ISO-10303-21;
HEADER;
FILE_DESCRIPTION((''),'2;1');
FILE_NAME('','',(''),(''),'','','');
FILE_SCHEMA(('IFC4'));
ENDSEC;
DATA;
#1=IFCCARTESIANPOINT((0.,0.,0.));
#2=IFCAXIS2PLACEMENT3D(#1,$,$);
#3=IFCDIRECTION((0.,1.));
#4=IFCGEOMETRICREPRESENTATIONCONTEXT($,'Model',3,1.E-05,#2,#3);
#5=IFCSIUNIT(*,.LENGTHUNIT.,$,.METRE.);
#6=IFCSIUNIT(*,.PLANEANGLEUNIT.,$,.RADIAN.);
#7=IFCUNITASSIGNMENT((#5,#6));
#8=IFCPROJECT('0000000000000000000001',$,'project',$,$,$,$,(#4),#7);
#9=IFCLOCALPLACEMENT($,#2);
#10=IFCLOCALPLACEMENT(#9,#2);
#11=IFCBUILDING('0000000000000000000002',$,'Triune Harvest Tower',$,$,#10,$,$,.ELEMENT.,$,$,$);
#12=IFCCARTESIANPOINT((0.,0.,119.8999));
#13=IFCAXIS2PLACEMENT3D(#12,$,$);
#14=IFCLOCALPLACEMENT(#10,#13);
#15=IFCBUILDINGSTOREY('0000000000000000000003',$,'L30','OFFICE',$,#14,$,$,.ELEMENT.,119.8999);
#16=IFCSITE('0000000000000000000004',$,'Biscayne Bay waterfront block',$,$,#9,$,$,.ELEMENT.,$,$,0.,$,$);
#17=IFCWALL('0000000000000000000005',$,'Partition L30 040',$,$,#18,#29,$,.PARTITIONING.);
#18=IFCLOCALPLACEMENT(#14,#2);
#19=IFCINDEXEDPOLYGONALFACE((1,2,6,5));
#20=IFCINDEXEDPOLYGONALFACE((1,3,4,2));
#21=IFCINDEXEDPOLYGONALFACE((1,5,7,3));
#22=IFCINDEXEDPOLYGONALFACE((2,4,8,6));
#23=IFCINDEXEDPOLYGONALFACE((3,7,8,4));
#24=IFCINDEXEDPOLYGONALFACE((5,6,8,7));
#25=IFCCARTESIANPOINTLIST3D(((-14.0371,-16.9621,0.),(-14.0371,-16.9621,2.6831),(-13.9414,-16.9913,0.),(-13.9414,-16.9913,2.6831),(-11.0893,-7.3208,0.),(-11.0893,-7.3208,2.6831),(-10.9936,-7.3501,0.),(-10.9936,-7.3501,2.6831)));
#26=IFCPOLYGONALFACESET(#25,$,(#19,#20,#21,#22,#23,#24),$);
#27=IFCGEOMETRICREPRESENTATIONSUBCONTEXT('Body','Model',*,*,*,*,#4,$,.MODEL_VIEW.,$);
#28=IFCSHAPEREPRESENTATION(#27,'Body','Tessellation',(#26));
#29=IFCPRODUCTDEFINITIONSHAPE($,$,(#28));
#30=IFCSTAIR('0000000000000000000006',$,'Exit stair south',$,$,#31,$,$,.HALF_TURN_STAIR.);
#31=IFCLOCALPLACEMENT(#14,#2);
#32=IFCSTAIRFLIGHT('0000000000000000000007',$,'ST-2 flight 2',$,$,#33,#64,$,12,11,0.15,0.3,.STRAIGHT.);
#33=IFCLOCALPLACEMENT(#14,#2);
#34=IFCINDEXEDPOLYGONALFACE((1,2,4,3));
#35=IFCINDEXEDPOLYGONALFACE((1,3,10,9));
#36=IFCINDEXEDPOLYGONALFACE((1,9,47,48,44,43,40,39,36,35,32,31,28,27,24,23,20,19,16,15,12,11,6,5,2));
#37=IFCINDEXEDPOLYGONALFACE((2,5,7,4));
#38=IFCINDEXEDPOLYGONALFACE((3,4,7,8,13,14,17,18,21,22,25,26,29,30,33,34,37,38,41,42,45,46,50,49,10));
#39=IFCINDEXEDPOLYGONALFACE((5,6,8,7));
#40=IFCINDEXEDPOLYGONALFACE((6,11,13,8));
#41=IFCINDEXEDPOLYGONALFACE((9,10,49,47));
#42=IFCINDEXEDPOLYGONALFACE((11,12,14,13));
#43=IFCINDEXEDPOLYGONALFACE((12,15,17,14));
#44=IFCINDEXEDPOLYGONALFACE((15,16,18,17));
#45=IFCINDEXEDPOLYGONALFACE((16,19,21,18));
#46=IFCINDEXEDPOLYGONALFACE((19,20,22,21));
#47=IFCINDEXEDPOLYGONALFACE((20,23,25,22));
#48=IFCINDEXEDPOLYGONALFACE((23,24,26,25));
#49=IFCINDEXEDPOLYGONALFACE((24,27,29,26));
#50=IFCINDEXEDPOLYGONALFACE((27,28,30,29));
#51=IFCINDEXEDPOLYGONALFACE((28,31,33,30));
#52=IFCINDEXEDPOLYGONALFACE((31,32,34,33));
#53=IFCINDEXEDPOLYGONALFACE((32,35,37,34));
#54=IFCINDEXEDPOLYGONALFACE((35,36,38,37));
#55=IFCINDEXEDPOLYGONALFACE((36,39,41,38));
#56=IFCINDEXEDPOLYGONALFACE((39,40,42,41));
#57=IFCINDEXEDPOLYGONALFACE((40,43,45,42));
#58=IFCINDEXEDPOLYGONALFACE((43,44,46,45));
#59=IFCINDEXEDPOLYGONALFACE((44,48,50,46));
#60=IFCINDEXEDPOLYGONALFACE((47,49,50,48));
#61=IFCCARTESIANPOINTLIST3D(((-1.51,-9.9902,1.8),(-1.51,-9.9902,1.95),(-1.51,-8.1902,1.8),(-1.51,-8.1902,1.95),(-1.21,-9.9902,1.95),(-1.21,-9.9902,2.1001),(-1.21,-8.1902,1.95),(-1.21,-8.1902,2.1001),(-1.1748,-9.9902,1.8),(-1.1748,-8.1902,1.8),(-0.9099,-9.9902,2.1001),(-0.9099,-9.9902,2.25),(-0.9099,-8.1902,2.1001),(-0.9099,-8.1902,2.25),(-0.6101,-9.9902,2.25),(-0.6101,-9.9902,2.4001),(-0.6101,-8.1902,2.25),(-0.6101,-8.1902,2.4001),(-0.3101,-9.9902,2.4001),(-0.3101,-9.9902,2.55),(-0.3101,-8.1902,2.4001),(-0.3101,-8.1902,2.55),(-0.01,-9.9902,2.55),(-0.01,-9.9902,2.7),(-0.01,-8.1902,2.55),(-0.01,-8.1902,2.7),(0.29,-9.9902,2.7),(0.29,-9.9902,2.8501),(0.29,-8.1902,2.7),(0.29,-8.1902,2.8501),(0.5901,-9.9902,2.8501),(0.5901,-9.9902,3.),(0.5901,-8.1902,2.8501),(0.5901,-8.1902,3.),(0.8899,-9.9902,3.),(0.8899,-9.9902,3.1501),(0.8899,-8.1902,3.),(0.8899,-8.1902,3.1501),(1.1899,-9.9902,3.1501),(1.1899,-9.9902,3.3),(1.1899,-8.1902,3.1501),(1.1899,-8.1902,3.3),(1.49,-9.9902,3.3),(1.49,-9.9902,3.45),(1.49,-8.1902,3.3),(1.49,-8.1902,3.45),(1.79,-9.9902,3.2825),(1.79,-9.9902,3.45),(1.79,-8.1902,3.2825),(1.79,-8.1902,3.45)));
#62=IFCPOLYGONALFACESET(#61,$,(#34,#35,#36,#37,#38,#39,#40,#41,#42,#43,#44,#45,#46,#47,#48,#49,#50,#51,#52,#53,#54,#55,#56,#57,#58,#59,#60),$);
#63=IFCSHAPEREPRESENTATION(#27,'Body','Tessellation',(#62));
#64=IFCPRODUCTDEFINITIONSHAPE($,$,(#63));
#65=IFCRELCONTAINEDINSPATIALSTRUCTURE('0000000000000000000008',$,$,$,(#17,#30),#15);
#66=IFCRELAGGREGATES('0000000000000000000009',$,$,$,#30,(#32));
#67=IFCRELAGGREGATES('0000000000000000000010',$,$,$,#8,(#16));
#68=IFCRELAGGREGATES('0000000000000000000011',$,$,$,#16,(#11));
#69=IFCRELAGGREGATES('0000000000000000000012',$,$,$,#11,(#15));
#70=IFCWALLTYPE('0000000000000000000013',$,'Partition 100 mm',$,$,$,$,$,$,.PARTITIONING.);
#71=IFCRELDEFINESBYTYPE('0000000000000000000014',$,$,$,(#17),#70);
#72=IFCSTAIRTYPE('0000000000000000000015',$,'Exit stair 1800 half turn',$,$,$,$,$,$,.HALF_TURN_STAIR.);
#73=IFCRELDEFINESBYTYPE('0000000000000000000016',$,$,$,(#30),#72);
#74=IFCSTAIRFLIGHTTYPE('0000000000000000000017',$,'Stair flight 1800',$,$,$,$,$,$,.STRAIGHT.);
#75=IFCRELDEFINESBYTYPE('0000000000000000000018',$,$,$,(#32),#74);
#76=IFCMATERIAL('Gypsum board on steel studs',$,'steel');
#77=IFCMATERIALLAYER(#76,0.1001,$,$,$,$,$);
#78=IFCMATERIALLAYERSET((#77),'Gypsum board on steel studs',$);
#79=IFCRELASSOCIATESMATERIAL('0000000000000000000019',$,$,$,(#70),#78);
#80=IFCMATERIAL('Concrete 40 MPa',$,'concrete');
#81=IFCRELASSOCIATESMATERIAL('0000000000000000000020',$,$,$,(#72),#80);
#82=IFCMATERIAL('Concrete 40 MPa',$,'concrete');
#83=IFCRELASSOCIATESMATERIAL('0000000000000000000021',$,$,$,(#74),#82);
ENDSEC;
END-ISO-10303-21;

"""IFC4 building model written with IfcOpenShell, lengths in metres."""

from ifc_helpers import new_model, si_unit, direction, frame, frame_2d, origin, place, context, subcontext, project, spatial, polyline, rectangle, outline, extrude, source, transform, mapped, material, layer, layer_set, type_object, element, aggregate, save


model = new_model("IFC4")

# Units and contexts
model_context = context("Model", 3, precision=1e-05, world=origin(), true_north=direction((0.0, 1.0)))
body_context = subcontext(model_context, "Body", "Model", "MODEL_VIEW")
ifc_project = project(units=[si_unit("LENGTHUNIT", "METRE"), si_unit("PLANEANGLEUNIT", "RADIAN")], contexts=[model_context])

# Site, building, storey
site_placement = place(None, origin())
site = spatial("IfcSite", under=ifc_project, at=site_placement, Name="Biscayne Bay waterfront block", CompositionType="ELEMENT", RefElevation=0.0)
building_placement = place(site_placement, origin())
building = spatial("IfcBuilding", under=site, at=building_placement, Name="Triune Harvest Tower", CompositionType="ELEMENT")
storey_placement = place(building_placement, frame((0.0, 0.0, 119.8999)))
storey = spatial("IfcBuildingStorey", under=building, at=storey_placement, Name="L30", Description="OFFICE", CompositionType="ELEMENT", Elevation=119.8999)

# Wall
ifc_material_1 = material(Name="Gypsum board on steel studs", Category="steel")
ifc_layer_1 = layer(ifc_material_1, 0.1001)
ifc_layer_set_1 = layer_set([ifc_layer_1], Name="Gypsum board on steel studs")
wall_type_1 = type_object("IfcWallType", Name="Partition 100 mm", PredefinedType="PARTITIONING", material=ifc_layer_set_1)
shared_shape_1 = source(origin(), body_context, "Body", "SweptSolid", [
    extrude(rectangle(XDim=10.0818, YDim=0.1001, at=frame_2d((5.041, 0.0))), origin(), (0.0, 0.0, 1.0), 2.6831),
])
wall_1_placement = place(storey_placement, frame((-13.9893, -16.9768, 0.0), z_axis=(0.0, 0.0, 1.0), x_axis=(0.292387, 0.9563, 0.0)))
element("IfcWall", 1, at=wall_1_placement, inside=storey, type_object=wall_type_1, Name="Partition L30 040", PredefinedType="PARTITIONING", context=body_context, shape_type="MappedRepresentation", body=[
    mapped(shared_shape_1, transform((0.0, 0.0, 0.0), scale=1.0)),
])

# Stair, stair flight
ifc_material_2 = material(Name="Concrete 40 MPa", Category="concrete")
stair_type = type_object("IfcStairType", Name="Exit stair 1800 half turn", PredefinedType="HALF_TURN_STAIR", material=ifc_material_2)
stair_placement = place(storey_placement, origin())
stair = element("IfcStair", 2, at=stair_placement, inside=storey, type_object=stair_type, Name="Exit stair south", PredefinedType="HALF_TURN_STAIR")
ifc_material_3 = material(Name="Concrete 40 MPa", Category="concrete")
stair_flight_type = type_object("IfcStairFlightType", Name="Stair flight 1800", PredefinedType="STRAIGHT", material=ifc_material_3)
shared_shape_2 = source(origin(), body_context, "Body", "SweptSolid", [
    extrude(outline(polyline([(0.0, 0.0), (0.0, 0.1499), (0.3, 0.1499), (0.3, 0.3), (0.6001, 0.3), (0.6001, 0.45), (0.8999, 0.45), (0.8999, 0.6001), (1.2, 0.6001), (1.2, 0.75), (1.5, 0.75), (1.5, 0.8999), (1.8, 0.8999), (1.8, 1.05), (2.1001, 1.05), (2.1001, 1.2), (2.3999, 1.2), (2.3999, 1.3501), (2.7, 1.3501), (2.7, 1.5), (3.0, 1.5), (3.0, 1.6499), (3.3, 1.6499), (3.3, 1.8), (3.3, 1.4824), (0.3352, 0.0), (0.0, 0.0)])), frame((0.0, 0.8999, 0.0), z_axis=(0.0, -1.0, 0.0), x_axis=(1.0, 0.0, 0.0)), (0.0, 0.0, 1.0), 1.8),
])
stair_flight_placement = place(storey_placement, frame((-1.51, -9.0901, 1.8), z_axis=(0.0, 0.0, 1.0), x_axis=(1.0, 0.0, 0.0)))
stair_flight = element("IfcStairFlight", 3, at=stair_flight_placement, type_object=stair_flight_type, Name="ST-2 flight 2", NumberOfRisers=12, NumberOfTreads=11, PredefinedType="STRAIGHT", RiserHeight=0.15, TreadLength=0.3, context=body_context, shape_type="MappedRepresentation", body=[
    mapped(shared_shape_2, transform((0.0, 0.0, 0.0), scale=1.0)),
])
aggregate(stair, [stair_flight])

save(model, "model.ifc")
